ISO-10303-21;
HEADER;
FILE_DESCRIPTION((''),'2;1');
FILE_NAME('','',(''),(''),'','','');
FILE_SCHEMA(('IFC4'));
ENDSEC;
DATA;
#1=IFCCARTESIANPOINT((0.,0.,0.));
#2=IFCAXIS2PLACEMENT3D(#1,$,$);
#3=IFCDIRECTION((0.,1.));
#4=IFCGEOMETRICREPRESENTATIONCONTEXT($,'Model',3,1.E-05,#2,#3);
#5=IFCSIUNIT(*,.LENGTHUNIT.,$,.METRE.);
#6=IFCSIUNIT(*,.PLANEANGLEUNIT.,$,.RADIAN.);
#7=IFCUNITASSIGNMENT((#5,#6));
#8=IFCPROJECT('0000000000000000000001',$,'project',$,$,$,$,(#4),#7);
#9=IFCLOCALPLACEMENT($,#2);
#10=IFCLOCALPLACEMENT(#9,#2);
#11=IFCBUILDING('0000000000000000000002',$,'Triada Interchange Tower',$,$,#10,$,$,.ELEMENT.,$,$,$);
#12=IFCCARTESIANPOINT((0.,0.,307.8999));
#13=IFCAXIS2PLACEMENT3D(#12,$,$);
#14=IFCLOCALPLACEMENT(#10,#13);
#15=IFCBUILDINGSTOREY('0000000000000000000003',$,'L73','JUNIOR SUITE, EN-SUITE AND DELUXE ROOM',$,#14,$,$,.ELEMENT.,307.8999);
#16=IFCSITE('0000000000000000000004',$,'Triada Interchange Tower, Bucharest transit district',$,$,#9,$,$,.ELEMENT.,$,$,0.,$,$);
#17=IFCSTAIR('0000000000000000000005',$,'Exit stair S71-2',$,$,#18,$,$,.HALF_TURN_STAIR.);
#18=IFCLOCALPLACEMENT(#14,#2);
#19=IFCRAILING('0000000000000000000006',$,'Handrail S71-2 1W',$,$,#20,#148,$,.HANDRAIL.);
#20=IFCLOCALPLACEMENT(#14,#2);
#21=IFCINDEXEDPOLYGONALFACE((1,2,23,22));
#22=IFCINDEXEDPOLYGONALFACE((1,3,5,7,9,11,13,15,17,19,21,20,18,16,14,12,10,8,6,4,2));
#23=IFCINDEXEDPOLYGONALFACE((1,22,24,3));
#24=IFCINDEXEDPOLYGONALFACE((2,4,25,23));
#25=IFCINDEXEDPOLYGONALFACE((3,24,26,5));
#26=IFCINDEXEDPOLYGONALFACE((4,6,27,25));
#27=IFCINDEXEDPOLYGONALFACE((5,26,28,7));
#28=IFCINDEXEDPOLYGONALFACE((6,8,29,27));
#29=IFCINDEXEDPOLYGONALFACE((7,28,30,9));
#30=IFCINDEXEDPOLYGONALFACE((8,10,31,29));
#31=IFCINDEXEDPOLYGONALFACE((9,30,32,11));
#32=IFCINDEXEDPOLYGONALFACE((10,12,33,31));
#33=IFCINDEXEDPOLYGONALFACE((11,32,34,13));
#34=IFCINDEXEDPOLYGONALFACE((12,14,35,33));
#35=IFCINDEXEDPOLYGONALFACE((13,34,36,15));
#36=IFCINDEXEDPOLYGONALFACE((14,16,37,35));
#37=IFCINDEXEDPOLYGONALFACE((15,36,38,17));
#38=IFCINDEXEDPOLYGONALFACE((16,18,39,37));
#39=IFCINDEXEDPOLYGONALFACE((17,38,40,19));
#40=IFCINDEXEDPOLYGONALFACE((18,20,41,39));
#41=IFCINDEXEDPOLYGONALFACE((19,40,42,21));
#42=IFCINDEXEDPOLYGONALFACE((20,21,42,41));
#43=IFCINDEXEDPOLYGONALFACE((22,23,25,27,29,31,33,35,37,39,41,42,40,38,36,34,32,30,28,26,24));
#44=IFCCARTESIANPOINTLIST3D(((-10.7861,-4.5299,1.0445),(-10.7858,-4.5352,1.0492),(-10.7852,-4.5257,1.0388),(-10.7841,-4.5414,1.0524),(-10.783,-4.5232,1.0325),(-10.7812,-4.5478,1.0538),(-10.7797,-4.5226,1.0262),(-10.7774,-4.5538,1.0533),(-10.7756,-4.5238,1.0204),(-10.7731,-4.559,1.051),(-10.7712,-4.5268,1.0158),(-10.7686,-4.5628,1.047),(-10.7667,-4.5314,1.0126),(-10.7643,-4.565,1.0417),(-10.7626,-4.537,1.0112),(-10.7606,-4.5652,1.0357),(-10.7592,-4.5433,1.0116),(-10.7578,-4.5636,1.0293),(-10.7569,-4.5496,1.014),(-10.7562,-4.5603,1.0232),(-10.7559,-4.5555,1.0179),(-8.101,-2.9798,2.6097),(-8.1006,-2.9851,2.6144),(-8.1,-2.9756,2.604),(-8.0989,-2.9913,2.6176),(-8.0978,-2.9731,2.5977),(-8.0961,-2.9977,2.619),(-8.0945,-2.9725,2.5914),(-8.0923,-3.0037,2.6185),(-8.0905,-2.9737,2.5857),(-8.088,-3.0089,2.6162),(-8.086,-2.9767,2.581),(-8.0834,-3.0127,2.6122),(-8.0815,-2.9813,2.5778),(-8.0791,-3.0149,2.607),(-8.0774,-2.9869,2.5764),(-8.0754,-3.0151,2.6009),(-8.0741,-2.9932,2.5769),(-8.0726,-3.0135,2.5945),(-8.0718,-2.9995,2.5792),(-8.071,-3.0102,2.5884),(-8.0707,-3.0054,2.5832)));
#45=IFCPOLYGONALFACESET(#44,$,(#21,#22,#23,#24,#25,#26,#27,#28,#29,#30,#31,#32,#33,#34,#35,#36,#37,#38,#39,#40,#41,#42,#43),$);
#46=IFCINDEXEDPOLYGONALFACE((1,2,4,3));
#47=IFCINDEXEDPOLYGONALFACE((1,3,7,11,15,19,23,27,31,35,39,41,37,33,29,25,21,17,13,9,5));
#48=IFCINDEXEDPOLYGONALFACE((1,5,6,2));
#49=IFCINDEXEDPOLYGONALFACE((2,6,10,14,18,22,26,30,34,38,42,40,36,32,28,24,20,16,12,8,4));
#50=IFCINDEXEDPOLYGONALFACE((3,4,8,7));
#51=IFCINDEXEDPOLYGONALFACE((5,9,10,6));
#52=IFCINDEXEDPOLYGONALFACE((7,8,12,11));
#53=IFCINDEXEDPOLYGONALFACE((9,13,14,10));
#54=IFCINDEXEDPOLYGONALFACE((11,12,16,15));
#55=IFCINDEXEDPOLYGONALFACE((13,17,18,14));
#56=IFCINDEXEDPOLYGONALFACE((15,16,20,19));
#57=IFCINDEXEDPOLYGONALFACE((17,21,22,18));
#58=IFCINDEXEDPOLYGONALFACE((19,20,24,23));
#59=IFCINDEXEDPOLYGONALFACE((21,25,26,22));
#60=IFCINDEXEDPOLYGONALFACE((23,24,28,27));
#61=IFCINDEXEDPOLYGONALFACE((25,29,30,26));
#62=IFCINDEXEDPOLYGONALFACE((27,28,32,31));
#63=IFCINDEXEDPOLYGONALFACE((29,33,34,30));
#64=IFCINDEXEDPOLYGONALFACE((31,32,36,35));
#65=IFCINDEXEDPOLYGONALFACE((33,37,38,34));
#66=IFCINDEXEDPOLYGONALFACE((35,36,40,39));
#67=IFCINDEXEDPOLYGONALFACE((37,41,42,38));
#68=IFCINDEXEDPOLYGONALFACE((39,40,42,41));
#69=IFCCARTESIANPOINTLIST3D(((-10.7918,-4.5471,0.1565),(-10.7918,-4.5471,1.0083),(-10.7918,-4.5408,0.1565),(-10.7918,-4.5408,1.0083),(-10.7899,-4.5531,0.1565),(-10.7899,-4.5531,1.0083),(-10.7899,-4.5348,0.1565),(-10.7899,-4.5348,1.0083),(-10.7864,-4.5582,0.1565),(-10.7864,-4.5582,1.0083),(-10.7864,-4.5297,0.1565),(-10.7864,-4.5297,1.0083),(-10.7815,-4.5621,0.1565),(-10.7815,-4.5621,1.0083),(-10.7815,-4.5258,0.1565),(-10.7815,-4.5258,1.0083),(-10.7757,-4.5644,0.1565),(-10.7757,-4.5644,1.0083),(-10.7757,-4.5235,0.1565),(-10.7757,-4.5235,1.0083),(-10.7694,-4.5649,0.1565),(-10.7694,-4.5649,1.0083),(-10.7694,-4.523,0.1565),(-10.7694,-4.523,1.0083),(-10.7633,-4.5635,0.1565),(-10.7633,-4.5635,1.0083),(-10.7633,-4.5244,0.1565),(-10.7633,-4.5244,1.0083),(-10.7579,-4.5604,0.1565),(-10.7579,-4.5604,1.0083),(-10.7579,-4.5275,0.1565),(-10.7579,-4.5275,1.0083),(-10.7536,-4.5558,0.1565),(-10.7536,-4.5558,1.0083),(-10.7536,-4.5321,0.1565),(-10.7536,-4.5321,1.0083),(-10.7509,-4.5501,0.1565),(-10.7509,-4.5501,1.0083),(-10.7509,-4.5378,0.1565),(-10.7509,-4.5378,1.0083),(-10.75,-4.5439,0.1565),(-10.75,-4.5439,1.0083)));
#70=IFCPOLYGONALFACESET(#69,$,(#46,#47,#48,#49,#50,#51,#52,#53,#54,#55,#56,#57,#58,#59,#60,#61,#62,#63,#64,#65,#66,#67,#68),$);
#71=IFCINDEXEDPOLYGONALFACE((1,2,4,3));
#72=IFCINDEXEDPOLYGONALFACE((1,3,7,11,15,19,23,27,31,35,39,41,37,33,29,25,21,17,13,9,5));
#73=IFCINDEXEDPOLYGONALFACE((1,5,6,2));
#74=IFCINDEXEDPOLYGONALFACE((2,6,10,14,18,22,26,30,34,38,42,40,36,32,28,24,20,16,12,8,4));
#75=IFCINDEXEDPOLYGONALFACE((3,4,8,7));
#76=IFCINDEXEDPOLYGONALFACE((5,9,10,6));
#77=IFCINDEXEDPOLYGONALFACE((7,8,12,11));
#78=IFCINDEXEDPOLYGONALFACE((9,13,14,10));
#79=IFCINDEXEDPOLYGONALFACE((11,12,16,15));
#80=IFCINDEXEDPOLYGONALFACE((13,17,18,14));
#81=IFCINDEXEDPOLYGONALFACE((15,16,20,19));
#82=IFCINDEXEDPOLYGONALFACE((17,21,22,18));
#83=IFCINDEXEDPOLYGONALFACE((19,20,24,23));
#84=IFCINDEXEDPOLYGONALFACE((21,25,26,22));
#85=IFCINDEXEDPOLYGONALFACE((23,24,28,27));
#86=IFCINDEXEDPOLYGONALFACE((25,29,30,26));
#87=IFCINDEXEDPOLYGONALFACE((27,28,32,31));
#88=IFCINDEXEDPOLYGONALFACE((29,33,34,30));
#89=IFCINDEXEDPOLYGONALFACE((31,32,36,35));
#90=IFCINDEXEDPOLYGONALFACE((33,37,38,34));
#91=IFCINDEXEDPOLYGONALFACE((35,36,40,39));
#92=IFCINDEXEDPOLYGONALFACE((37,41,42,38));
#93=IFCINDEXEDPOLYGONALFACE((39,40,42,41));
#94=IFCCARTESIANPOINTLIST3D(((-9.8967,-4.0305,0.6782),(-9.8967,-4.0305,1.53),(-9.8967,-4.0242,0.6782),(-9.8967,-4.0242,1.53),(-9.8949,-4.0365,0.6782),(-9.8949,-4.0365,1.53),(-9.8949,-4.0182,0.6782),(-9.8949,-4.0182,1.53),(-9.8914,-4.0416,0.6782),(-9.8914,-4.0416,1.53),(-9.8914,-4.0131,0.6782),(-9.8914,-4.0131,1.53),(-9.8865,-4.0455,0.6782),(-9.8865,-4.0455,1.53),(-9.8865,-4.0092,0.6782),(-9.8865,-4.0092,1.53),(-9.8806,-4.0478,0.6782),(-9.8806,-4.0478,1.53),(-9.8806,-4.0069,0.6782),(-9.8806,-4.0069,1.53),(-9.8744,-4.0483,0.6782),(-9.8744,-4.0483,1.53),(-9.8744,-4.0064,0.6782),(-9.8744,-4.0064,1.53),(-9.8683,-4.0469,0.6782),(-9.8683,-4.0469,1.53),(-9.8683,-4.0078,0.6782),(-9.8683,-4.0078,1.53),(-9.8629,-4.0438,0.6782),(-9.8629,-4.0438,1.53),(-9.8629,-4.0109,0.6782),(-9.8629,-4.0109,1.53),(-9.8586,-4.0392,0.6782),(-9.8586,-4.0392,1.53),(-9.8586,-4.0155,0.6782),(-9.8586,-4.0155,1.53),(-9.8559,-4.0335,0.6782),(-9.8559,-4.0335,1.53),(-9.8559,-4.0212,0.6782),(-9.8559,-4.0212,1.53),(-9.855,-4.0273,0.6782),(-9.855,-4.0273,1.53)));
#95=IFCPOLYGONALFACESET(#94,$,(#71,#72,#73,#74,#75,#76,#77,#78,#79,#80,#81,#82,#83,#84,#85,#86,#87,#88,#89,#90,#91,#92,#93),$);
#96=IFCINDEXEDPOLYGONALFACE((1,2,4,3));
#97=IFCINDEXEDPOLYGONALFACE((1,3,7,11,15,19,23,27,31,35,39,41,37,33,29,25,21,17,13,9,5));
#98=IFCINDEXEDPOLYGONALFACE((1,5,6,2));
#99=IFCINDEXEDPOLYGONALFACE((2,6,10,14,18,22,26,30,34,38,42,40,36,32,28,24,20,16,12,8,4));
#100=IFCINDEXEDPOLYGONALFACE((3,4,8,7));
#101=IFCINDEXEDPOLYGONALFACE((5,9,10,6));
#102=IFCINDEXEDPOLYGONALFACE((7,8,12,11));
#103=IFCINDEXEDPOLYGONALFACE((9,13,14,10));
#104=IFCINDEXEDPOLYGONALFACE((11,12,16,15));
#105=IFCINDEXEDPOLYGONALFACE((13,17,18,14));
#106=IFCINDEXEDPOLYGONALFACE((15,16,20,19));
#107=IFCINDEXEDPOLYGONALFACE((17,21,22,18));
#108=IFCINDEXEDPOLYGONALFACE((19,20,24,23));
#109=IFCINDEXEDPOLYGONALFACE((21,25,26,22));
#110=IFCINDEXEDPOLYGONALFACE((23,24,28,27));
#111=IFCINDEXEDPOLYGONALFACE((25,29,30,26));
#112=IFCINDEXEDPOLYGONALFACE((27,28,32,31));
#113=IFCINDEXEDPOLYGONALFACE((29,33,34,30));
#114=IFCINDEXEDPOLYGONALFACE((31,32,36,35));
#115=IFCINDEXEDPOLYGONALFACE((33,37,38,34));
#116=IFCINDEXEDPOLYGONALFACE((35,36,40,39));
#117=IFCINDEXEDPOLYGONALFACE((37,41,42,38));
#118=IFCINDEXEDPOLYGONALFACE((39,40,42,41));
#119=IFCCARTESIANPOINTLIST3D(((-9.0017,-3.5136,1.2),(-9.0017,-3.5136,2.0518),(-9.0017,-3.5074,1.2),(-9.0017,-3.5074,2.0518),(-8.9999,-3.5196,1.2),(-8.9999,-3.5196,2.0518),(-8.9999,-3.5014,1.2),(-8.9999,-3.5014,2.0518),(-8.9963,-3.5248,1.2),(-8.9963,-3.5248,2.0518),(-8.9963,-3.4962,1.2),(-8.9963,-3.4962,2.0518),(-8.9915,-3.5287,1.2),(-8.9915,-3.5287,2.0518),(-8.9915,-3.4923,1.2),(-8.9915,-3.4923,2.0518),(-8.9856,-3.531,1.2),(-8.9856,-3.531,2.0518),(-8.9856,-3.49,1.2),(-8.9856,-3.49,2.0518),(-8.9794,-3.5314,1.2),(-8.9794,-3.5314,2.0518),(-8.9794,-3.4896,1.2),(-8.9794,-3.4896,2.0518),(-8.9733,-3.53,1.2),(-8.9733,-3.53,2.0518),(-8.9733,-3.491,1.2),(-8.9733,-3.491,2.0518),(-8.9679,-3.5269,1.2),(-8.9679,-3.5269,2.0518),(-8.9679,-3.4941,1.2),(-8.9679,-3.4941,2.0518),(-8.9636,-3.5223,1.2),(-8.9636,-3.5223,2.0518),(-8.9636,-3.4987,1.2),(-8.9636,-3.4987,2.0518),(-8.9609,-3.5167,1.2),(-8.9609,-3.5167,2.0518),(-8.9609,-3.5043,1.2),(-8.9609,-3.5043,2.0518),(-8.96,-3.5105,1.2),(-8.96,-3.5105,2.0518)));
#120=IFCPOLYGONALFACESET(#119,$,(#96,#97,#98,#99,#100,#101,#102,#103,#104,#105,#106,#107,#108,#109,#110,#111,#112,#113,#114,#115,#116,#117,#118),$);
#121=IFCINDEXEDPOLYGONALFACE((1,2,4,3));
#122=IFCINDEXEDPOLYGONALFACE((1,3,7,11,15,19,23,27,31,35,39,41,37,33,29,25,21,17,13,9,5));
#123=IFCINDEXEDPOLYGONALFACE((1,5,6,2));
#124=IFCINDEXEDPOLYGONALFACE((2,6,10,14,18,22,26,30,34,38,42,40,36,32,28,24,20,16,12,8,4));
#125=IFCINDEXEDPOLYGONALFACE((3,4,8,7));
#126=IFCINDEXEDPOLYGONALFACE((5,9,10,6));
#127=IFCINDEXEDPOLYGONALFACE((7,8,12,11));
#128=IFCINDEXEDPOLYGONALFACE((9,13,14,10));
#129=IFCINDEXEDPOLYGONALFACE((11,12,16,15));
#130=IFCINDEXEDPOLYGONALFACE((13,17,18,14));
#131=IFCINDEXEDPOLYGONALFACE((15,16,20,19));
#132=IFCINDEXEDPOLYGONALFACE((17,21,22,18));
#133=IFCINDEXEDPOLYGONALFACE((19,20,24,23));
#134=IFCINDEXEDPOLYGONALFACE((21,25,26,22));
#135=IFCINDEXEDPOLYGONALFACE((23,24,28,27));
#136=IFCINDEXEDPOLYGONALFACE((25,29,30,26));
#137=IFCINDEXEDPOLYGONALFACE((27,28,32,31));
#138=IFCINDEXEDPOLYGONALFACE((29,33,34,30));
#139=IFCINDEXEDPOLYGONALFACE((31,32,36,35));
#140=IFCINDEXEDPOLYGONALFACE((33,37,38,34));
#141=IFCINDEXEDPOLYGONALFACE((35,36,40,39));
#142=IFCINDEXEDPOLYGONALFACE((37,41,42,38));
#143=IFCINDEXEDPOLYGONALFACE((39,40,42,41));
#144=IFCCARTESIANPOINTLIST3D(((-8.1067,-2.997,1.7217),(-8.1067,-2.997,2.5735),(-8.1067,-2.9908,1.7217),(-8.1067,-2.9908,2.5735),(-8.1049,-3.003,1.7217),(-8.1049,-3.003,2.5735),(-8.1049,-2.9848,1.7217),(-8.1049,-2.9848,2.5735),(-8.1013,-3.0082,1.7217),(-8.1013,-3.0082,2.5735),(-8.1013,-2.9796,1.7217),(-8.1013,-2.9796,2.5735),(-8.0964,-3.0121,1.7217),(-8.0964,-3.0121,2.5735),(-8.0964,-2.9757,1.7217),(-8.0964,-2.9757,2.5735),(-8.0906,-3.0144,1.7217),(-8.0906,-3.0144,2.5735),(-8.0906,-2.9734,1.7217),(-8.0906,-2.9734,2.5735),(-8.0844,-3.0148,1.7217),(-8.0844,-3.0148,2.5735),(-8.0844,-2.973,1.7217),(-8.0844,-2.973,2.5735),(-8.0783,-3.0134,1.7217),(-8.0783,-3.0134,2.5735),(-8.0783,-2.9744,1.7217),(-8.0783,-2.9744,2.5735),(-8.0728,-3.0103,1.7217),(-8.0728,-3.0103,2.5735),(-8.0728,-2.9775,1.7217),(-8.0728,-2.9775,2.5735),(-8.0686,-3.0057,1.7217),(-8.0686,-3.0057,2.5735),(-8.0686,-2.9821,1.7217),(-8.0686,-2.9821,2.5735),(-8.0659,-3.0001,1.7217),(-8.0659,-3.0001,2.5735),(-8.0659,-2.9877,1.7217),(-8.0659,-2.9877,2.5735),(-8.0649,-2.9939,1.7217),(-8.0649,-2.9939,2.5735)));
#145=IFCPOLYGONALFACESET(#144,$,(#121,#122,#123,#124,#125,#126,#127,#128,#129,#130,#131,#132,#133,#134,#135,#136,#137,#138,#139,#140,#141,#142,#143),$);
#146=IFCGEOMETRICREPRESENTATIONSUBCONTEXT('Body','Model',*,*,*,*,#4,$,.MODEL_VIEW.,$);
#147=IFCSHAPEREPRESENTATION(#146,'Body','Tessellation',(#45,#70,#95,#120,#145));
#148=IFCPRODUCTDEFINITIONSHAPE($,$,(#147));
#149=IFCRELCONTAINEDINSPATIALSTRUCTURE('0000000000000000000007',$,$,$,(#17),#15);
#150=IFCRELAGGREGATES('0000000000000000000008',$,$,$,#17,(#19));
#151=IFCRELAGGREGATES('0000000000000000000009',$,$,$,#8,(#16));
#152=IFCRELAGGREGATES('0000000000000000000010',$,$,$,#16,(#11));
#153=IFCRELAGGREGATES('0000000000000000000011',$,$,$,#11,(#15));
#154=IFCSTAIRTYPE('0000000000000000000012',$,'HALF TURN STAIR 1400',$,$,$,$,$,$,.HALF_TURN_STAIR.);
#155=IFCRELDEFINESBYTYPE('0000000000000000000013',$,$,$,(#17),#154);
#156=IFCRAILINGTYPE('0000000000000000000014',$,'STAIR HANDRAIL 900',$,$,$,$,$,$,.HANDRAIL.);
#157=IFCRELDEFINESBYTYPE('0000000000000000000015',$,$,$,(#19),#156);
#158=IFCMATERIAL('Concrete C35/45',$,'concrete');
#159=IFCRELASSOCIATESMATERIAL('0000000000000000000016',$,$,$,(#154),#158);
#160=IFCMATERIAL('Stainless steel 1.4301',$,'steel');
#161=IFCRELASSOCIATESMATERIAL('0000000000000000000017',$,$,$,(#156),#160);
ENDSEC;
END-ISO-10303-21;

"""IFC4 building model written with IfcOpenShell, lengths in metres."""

from ifc_helpers import new_model, si_unit, direction, frame, origin, origin_2d, place, context, subcontext, project, spatial, circle, extrude, material, type_object, element, aggregate, save


model = new_model("IFC4")

# Units and contexts
model_context = context("Model", 3, precision=1e-05, world=origin(), true_north=direction((0.0, 1.0)))
body_context = subcontext(model_context, "Body", "Model", "MODEL_VIEW")
ifc_project = project(units=[si_unit("LENGTHUNIT", "METRE"), si_unit("PLANEANGLEUNIT", "RADIAN")], contexts=[model_context])

# Site, building, storey
site_placement = place(None, origin())
site = spatial("IfcSite", under=ifc_project, at=site_placement, Name="Triada Interchange Tower, Bucharest transit district", CompositionType="ELEMENT", RefElevation=0.0)
building_placement = place(site_placement, origin())
building = spatial("IfcBuilding", under=site, at=building_placement, Name="Triada Interchange Tower", CompositionType="ELEMENT")
storey_placement = place(building_placement, frame((0.0, 0.0, 307.8999)))
storey = spatial("IfcBuildingStorey", under=building, at=storey_placement, Name="L73", Description="JUNIOR SUITE, EN-SUITE AND DELUXE ROOM", CompositionType="ELEMENT", Elevation=307.8999)

# Stair, railing
ifc_material_1 = material(Name="Concrete C35/45", Category="concrete")
stair_type = type_object("IfcStairType", Name="HALF TURN STAIR 1400", PredefinedType="HALF_TURN_STAIR", material=ifc_material_1)
stair_placement = place(storey_placement, origin())
stair = element("IfcStair", 1, at=stair_placement, inside=storey, type_object=stair_type, Name="Exit stair S71-2", PredefinedType="HALF_TURN_STAIR")
ifc_material_2 = material(Name="Stainless steel 1.4301", Category="steel")
railing_type = type_object("IfcRailingType", Name="STAIR HANDRAIL 900", PredefinedType="HANDRAIL", material=ifc_material_2)
railing_1_placement = place(storey_placement, frame((-10.771, -4.5439, 0.1565)))
railing_1 = element("IfcRailing", 2, at=railing_1_placement, type_object=railing_type, Name="Handrail S71-2 1W", PredefinedType="HANDRAIL", context=body_context, shape_type="SweptSolid", body=[
    extrude(circle(Radius=0.0239, at=origin_2d()), frame((0.0, 0.0, 0.876), z_axis=(0.773115, 0.446309, 0.450667), x_axis=(-0.499959, 0.866049, 0.0)), (0.0, 0.0, 1.0), 3.4731),
    extrude(circle(Radius=0.021, at=origin_2d()), origin(), (0.0, 0.0, 1.0), 0.8518),
    extrude(circle(Radius=0.021, at=origin_2d()), frame((0.895, 0.5166, 0.5217)), (0.0, 0.0, 1.0), 0.8518),
    extrude(circle(Radius=0.021, at=origin_2d()), frame((1.79, 1.0334, 1.0435)), (0.0, 0.0, 1.0), 0.8518),
    extrude(circle(Radius=0.021, at=origin_2d()), frame((2.6851, 1.55, 1.5652)), (0.0, 0.0, 1.0), 0.8518),
])
aggregate(stair, [railing_1])

save(model, "model.ifc")
